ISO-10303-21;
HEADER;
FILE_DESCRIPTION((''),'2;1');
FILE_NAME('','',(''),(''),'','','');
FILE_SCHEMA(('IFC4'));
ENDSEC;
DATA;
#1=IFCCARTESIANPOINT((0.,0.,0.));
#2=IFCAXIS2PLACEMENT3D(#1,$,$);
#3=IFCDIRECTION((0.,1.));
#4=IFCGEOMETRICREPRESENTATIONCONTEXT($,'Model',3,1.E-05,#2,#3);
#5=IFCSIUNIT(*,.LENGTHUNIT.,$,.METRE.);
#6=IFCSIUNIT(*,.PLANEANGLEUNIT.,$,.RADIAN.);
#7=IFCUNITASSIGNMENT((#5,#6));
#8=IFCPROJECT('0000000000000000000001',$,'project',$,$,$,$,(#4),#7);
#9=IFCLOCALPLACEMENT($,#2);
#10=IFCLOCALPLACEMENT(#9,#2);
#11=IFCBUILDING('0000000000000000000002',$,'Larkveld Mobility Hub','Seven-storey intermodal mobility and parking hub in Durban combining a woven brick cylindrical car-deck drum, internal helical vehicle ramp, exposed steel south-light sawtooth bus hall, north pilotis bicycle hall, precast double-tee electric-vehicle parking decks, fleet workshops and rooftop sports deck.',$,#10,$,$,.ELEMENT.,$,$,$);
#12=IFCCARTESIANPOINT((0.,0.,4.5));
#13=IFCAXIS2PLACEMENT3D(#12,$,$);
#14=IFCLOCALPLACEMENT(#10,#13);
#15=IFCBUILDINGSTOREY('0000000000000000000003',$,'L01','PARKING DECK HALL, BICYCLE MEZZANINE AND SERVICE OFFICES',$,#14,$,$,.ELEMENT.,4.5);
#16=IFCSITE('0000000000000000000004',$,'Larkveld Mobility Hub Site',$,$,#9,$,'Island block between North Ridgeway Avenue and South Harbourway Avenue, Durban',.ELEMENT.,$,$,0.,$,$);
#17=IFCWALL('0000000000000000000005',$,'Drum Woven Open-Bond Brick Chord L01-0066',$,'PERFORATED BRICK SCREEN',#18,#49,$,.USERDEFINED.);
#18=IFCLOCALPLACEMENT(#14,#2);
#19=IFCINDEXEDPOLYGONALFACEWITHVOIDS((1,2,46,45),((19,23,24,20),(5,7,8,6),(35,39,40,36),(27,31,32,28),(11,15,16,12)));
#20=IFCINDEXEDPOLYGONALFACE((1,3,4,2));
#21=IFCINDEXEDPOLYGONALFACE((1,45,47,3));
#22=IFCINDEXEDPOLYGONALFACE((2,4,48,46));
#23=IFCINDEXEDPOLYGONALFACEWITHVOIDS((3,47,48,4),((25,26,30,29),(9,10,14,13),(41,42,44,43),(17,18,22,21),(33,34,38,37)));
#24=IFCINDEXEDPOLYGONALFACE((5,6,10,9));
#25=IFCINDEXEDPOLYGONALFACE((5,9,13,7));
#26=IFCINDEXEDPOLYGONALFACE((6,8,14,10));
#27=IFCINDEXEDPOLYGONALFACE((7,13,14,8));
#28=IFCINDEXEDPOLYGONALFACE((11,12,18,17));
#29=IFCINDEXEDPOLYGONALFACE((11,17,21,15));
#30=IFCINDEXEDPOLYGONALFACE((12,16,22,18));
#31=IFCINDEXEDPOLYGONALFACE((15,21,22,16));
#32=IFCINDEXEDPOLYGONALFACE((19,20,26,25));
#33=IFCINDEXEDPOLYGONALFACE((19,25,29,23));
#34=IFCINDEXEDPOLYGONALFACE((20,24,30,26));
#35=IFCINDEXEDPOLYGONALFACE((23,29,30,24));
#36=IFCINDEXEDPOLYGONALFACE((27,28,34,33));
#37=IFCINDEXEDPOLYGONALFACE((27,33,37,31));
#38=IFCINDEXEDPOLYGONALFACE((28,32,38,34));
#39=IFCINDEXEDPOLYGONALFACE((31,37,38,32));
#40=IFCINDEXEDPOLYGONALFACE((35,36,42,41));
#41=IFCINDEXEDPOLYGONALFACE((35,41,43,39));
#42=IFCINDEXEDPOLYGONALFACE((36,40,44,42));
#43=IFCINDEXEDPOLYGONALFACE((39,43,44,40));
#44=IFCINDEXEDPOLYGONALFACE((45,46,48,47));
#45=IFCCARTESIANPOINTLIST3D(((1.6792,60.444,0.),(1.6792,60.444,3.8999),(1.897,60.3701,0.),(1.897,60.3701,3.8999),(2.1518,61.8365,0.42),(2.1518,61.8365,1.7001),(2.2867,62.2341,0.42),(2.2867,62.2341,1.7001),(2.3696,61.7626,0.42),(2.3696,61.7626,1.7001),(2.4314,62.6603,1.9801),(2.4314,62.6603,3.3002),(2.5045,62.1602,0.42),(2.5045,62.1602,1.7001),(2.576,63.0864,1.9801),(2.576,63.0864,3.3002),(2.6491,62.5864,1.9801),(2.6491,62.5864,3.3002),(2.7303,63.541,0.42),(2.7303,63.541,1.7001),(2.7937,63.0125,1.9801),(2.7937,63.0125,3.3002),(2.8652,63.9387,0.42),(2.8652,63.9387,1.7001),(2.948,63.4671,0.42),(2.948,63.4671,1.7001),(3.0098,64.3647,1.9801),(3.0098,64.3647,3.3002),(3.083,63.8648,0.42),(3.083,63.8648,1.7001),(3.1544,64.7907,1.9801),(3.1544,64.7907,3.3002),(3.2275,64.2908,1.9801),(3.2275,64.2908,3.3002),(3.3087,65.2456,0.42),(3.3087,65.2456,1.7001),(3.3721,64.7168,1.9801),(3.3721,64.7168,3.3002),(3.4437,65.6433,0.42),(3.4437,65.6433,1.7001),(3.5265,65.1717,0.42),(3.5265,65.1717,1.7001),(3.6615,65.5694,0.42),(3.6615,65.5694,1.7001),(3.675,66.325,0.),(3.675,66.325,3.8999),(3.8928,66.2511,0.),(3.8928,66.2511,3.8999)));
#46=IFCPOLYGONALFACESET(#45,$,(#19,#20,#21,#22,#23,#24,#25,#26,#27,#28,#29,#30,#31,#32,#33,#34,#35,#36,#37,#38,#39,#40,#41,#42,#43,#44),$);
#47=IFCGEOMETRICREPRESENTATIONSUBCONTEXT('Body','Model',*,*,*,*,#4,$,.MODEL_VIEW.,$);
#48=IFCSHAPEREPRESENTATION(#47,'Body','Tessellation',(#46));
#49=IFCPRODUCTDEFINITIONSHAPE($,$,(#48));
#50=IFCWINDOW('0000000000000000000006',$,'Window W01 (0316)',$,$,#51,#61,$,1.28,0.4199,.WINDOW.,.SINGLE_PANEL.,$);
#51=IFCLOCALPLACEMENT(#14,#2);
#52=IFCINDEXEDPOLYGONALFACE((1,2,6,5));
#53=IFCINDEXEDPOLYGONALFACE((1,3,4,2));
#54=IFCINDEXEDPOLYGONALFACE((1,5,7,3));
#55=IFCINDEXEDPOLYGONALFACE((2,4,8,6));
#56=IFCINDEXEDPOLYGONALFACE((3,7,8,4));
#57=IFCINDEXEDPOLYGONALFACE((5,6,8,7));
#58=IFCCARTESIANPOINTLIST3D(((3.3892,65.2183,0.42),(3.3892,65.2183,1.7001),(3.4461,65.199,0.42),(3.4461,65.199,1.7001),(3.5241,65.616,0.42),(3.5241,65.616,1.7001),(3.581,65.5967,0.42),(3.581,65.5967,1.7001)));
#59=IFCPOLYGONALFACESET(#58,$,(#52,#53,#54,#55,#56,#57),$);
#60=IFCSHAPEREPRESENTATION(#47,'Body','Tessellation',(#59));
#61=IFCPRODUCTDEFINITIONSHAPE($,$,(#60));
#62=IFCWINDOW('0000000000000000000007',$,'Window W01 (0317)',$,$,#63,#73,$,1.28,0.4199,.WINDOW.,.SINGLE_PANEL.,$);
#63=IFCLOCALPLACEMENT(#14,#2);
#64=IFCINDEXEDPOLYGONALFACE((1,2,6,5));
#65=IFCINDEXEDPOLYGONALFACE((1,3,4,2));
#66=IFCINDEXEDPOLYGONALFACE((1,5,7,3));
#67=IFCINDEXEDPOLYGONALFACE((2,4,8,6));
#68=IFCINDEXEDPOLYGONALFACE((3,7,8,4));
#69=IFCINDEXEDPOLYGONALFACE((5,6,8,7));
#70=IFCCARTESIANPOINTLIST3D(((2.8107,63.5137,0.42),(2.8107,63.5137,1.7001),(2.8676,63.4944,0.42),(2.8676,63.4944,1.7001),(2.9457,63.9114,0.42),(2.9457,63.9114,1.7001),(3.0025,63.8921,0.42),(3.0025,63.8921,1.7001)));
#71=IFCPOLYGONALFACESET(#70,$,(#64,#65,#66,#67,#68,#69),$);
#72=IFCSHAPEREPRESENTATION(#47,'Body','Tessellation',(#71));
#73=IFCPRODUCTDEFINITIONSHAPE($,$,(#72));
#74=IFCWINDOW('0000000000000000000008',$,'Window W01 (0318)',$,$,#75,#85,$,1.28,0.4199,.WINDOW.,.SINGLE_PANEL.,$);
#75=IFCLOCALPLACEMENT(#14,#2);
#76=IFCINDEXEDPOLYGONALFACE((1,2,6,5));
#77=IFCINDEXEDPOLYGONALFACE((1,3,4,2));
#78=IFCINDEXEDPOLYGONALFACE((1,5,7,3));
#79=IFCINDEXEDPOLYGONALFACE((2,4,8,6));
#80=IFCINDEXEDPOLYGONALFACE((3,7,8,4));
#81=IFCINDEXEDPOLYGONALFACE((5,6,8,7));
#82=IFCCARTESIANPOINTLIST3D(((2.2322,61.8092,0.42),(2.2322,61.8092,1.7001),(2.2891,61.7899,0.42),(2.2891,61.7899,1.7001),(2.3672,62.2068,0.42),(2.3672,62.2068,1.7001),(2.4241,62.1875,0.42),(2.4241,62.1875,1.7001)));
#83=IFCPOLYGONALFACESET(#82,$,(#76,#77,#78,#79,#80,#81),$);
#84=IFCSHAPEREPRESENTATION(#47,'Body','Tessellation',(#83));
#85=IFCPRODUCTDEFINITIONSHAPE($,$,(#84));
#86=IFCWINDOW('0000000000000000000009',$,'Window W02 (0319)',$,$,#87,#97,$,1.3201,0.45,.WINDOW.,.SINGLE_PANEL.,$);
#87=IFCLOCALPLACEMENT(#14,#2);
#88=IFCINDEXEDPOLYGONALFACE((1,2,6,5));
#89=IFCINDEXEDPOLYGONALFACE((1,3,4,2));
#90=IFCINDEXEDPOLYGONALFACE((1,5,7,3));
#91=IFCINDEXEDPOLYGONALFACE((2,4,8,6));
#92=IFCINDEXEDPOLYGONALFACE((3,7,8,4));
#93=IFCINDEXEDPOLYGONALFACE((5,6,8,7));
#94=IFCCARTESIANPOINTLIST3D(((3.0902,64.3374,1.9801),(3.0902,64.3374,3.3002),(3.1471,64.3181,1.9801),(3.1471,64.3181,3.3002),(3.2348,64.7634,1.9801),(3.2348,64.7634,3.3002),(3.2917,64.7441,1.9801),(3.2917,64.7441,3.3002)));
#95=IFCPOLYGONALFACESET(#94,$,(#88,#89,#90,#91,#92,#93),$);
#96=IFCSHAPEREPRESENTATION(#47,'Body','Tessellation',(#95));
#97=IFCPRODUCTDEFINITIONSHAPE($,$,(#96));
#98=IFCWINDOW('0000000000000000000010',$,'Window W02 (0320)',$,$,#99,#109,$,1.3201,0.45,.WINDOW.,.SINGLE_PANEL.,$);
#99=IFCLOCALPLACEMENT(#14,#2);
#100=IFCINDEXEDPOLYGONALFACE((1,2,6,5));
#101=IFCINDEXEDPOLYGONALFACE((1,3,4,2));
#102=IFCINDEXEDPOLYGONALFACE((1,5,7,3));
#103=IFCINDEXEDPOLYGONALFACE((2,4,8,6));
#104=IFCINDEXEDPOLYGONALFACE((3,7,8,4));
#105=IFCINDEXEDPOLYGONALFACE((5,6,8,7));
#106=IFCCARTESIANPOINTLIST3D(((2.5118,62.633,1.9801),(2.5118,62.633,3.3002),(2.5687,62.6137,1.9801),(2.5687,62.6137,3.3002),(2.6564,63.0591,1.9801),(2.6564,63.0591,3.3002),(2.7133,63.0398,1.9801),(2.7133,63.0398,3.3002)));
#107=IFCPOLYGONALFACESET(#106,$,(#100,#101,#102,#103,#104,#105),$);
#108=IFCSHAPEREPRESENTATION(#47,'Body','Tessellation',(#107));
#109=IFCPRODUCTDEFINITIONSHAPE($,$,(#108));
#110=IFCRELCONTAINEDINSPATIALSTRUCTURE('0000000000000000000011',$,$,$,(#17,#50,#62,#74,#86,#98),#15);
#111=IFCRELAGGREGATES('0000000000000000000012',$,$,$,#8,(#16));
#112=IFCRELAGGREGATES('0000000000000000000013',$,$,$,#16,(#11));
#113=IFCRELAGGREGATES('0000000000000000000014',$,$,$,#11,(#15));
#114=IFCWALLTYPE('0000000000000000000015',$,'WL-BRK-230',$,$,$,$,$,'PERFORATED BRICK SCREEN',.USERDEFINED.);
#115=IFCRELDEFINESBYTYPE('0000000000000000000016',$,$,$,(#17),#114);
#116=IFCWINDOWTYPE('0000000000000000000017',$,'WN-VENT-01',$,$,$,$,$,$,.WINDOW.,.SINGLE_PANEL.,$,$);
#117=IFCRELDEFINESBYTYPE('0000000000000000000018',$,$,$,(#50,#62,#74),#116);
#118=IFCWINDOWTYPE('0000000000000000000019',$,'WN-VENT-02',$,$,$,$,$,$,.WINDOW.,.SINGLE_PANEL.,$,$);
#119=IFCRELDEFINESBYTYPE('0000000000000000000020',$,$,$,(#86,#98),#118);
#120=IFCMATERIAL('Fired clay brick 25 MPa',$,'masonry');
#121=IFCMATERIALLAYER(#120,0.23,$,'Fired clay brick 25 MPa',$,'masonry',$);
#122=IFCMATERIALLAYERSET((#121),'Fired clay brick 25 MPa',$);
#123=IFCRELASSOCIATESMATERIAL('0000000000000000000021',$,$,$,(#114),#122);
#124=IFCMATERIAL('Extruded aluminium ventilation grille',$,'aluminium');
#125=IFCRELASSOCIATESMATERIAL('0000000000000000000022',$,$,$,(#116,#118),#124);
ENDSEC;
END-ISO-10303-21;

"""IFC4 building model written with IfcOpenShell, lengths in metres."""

from ifc_helpers import new_model, si_unit, direction, frame, frame_2d, origin, place, context, subcontext, project, spatial, rectangle, extrude, material, layer, layer_set, type_object, element, fill, save


model = new_model("IFC4")

# Units and contexts
model_context = context("Model", 3, precision=1e-05, world=origin(), true_north=direction((0.0, 1.0)))
body_context = subcontext(model_context, "Body", "Model", "MODEL_VIEW")
ifc_project = project(units=[si_unit("LENGTHUNIT", "METRE"), si_unit("PLANEANGLEUNIT", "RADIAN")], contexts=[model_context])

# Site, building, storey
site_placement = place(None, origin())
site = spatial("IfcSite", under=ifc_project, at=site_placement, Name="Larkveld Mobility Hub Site", LongName="Island block between North Ridgeway Avenue and South Harbourway Avenue, Durban", CompositionType="ELEMENT", RefElevation=0.0)
building_placement = place(site_placement, origin())
building = spatial("IfcBuilding", under=site, at=building_placement, Name="Larkveld Mobility Hub", Description="Seven-storey intermodal mobility and parking hub in Durban combining a woven brick cylindrical car-deck drum, internal helical vehicle ramp, exposed steel south-light sawtooth bus hall, north pilotis bicycle hall, precast double-tee electric-vehicle parking decks, fleet workshops and rooftop sports deck.", CompositionType="ELEMENT")
storey_placement = place(building_placement, frame((0.0, 0.0, 4.5)))
storey = spatial("IfcBuildingStorey", under=building, at=storey_placement, Name="L01", Description="PARKING DECK HALL, BICYCLE MEZZANINE AND SERVICE OFFICES", CompositionType="ELEMENT", Elevation=4.5)

# Wall, openings, windows
ifc_material_1 = material(Name="Fired clay brick 25 MPa", Category="masonry")
ifc_layer = layer(ifc_material_1, 0.23, Name="Fired clay brick 25 MPa", Category="masonry")
ifc_layer_set = layer_set([ifc_layer], Name="Fired clay brick 25 MPa")
wall_type = type_object("IfcWallType", Name="WL-BRK-230", ElementType="PERFORATED BRICK SCREEN", PredefinedType="USERDEFINED", material=ifc_layer_set)
wall_placement = place(storey_placement, frame((3.7839, 66.2881, 0.0), z_axis=(0.0, 0.0, 1.0), x_axis=(-0.321365, -0.946955, 0.0)))
wall = element("IfcWall", 1, at=wall_placement, inside=storey, type_object=wall_type, Name="Drum Woven Open-Bond Brick Chord L01-0066", ObjectType="PERFORATED BRICK SCREEN", PredefinedType="USERDEFINED", context=body_context, shape_type="SweptSolid", body=[
    extrude(rectangle(XDim=6.2104, YDim=0.23, at=frame_2d((3.1052, 0.0))), origin(), (0.0, 0.0, 1.0), 3.8999),
])
opening_1_placement = place(wall_placement, frame((0.72, 0.0, 0.4199)))
opening_1 = element("IfcOpeningElement", 2, at=opening_1_placement, cuts=wall, PredefinedType="OPENING", context=body_context, shape_type="SweptSolid", body=[
    extrude(rectangle(XDim=0.4199, YDim=1.28, at=frame_2d((0.21, 0.6401))), frame((0.0, 0.125, 0.0), z_axis=(0.0, -1.0, 0.0), x_axis=(1.0, 0.0, 0.0)), (0.0, 0.0, 1.0), 0.25),
])
opening_2_placement = place(wall_placement, frame((2.52, 0.0, 0.4199)))
opening_2 = element("IfcOpeningElement", 3, at=opening_2_placement, cuts=wall, PredefinedType="OPENING", context=body_context, shape_type="SweptSolid", body=[
    extrude(rectangle(XDim=0.4199, YDim=1.28, at=frame_2d((0.21, 0.6401))), frame((0.0, 0.125, 0.0), z_axis=(0.0, -1.0, 0.0), x_axis=(1.0, 0.0, 0.0)), (0.0, 0.0, 1.0), 0.25),
])
opening_3_placement = place(wall_placement, frame((4.3201, 0.0, 0.4199)))
opening_3 = element("IfcOpeningElement", 4, at=opening_3_placement, cuts=wall, PredefinedType="OPENING", context=body_context, shape_type="SweptSolid", body=[
    extrude(rectangle(XDim=0.4199, YDim=1.28, at=frame_2d((0.21, 0.6401))), frame((0.0, 0.125, 0.0), z_axis=(0.0, -1.0, 0.0), x_axis=(1.0, 0.0, 0.0)), (0.0, 0.0, 1.0), 0.25),
])
opening_4_placement = place(wall_placement, frame((1.6201, 0.0, 1.98)))
opening_4 = element("IfcOpeningElement", 5, at=opening_4_placement, cuts=wall, PredefinedType="OPENING", context=body_context, shape_type="SweptSolid", body=[
    extrude(rectangle(XDim=0.45, YDim=1.3201, at=frame_2d((0.2251, 0.6602))), frame((0.0, 0.125, 0.0), z_axis=(0.0, -1.0, 0.0), x_axis=(1.0, 0.0, 0.0)), (0.0, 0.0, 1.0), 0.25),
])
opening_5_placement = place(wall_placement, frame((3.4199, 0.0, 1.98)))
opening_5 = element("IfcOpeningElement", 6, at=opening_5_placement, cuts=wall, PredefinedType="OPENING", context=body_context, shape_type="SweptSolid", body=[
    extrude(rectangle(XDim=0.45, YDim=1.3201, at=frame_2d((0.2251, 0.6602))), frame((0.0, 0.125, 0.0), z_axis=(0.0, -1.0, 0.0), x_axis=(1.0, 0.0, 0.0)), (0.0, 0.0, 1.0), 0.25),
])
ifc_material_2 = material(Name="Extruded aluminium ventilation grille", Category="aluminium")
window_type_1 = type_object("IfcWindowType", Name="WN-VENT-01", PartitioningType="SINGLE_PANEL", PredefinedType="WINDOW", material=ifc_material_2)
window_1_placement = place(opening_1_placement, origin())
window_1 = element("IfcWindow", 7, at=window_1_placement, inside=storey, type_object=window_type_1, Name="Window W01 (0316)", OverallHeight=1.28, OverallWidth=0.4199, PartitioningType="SINGLE_PANEL", PredefinedType="WINDOW", context=body_context, shape_type="SweptSolid", body=[
    extrude(rectangle(XDim=0.4199, YDim=1.28, at=frame_2d((0.21, 0.6401))), frame((0.0, 0.03, 0.0), z_axis=(0.0, -1.0, 0.0), x_axis=(1.0, 0.0, 0.0)), (0.0, 0.0, 1.0), 0.0601),
])
fill(opening_1, window_1)
window_2_placement = place(opening_2_placement, origin())
window_2 = element("IfcWindow", 8, at=window_2_placement, inside=storey, type_object=window_type_1, Name="Window W01 (0317)", OverallHeight=1.28, OverallWidth=0.4199, PartitioningType="SINGLE_PANEL", PredefinedType="WINDOW", context=body_context, shape_type="SweptSolid", body=[
    extrude(rectangle(XDim=0.4199, YDim=1.28, at=frame_2d((0.21, 0.6401))), frame((0.0, 0.03, 0.0), z_axis=(0.0, -1.0, 0.0), x_axis=(1.0, 0.0, 0.0)), (0.0, 0.0, 1.0), 0.0601),
])
fill(opening_2, window_2)
window_3_placement = place(opening_3_placement, origin())
window_3 = element("IfcWindow", 9, at=window_3_placement, inside=storey, type_object=window_type_1, Name="Window W01 (0318)", OverallHeight=1.28, OverallWidth=0.4199, PartitioningType="SINGLE_PANEL", PredefinedType="WINDOW", context=body_context, shape_type="SweptSolid", body=[
    extrude(rectangle(XDim=0.4199, YDim=1.28, at=frame_2d((0.21, 0.6401))), frame((0.0, 0.03, 0.0), z_axis=(0.0, -1.0, 0.0), x_axis=(1.0, 0.0, 0.0)), (0.0, 0.0, 1.0), 0.0601),
])
fill(opening_3, window_3)
window_type_2 = type_object("IfcWindowType", Name="WN-VENT-02", PartitioningType="SINGLE_PANEL", PredefinedType="WINDOW", material=ifc_material_2)
window_4_placement = place(opening_4_placement, origin())
window_4 = element("IfcWindow", 10, at=window_4_placement, inside=storey, type_object=window_type_2, Name="Window W02 (0319)", OverallHeight=1.3201, OverallWidth=0.45, PartitioningType="SINGLE_PANEL", PredefinedType="WINDOW", context=body_context, shape_type="SweptSolid", body=[
    extrude(rectangle(XDim=0.45, YDim=1.3201, at=frame_2d((0.2251, 0.6602))), frame((0.0, 0.03, 0.0), z_axis=(0.0, -1.0, 0.0), x_axis=(1.0, 0.0, 0.0)), (0.0, 0.0, 1.0), 0.0601),
])
fill(opening_4, window_4)
window_5_placement = place(opening_5_placement, origin())
window_5 = element("IfcWindow", 11, at=window_5_placement, inside=storey, type_object=window_type_2, Name="Window W02 (0320)", OverallHeight=1.3201, OverallWidth=0.45, PartitioningType="SINGLE_PANEL", PredefinedType="WINDOW", context=body_context, shape_type="SweptSolid", body=[
    extrude(rectangle(XDim=0.45, YDim=1.3201, at=frame_2d((0.2251, 0.6602))), frame((0.0, 0.03, 0.0), z_axis=(0.0, -1.0, 0.0), x_axis=(1.0, 0.0, 0.0)), (0.0, 0.0, 1.0), 0.0601),
])
fill(opening_5, window_5)

save(model, "model.ifc")
